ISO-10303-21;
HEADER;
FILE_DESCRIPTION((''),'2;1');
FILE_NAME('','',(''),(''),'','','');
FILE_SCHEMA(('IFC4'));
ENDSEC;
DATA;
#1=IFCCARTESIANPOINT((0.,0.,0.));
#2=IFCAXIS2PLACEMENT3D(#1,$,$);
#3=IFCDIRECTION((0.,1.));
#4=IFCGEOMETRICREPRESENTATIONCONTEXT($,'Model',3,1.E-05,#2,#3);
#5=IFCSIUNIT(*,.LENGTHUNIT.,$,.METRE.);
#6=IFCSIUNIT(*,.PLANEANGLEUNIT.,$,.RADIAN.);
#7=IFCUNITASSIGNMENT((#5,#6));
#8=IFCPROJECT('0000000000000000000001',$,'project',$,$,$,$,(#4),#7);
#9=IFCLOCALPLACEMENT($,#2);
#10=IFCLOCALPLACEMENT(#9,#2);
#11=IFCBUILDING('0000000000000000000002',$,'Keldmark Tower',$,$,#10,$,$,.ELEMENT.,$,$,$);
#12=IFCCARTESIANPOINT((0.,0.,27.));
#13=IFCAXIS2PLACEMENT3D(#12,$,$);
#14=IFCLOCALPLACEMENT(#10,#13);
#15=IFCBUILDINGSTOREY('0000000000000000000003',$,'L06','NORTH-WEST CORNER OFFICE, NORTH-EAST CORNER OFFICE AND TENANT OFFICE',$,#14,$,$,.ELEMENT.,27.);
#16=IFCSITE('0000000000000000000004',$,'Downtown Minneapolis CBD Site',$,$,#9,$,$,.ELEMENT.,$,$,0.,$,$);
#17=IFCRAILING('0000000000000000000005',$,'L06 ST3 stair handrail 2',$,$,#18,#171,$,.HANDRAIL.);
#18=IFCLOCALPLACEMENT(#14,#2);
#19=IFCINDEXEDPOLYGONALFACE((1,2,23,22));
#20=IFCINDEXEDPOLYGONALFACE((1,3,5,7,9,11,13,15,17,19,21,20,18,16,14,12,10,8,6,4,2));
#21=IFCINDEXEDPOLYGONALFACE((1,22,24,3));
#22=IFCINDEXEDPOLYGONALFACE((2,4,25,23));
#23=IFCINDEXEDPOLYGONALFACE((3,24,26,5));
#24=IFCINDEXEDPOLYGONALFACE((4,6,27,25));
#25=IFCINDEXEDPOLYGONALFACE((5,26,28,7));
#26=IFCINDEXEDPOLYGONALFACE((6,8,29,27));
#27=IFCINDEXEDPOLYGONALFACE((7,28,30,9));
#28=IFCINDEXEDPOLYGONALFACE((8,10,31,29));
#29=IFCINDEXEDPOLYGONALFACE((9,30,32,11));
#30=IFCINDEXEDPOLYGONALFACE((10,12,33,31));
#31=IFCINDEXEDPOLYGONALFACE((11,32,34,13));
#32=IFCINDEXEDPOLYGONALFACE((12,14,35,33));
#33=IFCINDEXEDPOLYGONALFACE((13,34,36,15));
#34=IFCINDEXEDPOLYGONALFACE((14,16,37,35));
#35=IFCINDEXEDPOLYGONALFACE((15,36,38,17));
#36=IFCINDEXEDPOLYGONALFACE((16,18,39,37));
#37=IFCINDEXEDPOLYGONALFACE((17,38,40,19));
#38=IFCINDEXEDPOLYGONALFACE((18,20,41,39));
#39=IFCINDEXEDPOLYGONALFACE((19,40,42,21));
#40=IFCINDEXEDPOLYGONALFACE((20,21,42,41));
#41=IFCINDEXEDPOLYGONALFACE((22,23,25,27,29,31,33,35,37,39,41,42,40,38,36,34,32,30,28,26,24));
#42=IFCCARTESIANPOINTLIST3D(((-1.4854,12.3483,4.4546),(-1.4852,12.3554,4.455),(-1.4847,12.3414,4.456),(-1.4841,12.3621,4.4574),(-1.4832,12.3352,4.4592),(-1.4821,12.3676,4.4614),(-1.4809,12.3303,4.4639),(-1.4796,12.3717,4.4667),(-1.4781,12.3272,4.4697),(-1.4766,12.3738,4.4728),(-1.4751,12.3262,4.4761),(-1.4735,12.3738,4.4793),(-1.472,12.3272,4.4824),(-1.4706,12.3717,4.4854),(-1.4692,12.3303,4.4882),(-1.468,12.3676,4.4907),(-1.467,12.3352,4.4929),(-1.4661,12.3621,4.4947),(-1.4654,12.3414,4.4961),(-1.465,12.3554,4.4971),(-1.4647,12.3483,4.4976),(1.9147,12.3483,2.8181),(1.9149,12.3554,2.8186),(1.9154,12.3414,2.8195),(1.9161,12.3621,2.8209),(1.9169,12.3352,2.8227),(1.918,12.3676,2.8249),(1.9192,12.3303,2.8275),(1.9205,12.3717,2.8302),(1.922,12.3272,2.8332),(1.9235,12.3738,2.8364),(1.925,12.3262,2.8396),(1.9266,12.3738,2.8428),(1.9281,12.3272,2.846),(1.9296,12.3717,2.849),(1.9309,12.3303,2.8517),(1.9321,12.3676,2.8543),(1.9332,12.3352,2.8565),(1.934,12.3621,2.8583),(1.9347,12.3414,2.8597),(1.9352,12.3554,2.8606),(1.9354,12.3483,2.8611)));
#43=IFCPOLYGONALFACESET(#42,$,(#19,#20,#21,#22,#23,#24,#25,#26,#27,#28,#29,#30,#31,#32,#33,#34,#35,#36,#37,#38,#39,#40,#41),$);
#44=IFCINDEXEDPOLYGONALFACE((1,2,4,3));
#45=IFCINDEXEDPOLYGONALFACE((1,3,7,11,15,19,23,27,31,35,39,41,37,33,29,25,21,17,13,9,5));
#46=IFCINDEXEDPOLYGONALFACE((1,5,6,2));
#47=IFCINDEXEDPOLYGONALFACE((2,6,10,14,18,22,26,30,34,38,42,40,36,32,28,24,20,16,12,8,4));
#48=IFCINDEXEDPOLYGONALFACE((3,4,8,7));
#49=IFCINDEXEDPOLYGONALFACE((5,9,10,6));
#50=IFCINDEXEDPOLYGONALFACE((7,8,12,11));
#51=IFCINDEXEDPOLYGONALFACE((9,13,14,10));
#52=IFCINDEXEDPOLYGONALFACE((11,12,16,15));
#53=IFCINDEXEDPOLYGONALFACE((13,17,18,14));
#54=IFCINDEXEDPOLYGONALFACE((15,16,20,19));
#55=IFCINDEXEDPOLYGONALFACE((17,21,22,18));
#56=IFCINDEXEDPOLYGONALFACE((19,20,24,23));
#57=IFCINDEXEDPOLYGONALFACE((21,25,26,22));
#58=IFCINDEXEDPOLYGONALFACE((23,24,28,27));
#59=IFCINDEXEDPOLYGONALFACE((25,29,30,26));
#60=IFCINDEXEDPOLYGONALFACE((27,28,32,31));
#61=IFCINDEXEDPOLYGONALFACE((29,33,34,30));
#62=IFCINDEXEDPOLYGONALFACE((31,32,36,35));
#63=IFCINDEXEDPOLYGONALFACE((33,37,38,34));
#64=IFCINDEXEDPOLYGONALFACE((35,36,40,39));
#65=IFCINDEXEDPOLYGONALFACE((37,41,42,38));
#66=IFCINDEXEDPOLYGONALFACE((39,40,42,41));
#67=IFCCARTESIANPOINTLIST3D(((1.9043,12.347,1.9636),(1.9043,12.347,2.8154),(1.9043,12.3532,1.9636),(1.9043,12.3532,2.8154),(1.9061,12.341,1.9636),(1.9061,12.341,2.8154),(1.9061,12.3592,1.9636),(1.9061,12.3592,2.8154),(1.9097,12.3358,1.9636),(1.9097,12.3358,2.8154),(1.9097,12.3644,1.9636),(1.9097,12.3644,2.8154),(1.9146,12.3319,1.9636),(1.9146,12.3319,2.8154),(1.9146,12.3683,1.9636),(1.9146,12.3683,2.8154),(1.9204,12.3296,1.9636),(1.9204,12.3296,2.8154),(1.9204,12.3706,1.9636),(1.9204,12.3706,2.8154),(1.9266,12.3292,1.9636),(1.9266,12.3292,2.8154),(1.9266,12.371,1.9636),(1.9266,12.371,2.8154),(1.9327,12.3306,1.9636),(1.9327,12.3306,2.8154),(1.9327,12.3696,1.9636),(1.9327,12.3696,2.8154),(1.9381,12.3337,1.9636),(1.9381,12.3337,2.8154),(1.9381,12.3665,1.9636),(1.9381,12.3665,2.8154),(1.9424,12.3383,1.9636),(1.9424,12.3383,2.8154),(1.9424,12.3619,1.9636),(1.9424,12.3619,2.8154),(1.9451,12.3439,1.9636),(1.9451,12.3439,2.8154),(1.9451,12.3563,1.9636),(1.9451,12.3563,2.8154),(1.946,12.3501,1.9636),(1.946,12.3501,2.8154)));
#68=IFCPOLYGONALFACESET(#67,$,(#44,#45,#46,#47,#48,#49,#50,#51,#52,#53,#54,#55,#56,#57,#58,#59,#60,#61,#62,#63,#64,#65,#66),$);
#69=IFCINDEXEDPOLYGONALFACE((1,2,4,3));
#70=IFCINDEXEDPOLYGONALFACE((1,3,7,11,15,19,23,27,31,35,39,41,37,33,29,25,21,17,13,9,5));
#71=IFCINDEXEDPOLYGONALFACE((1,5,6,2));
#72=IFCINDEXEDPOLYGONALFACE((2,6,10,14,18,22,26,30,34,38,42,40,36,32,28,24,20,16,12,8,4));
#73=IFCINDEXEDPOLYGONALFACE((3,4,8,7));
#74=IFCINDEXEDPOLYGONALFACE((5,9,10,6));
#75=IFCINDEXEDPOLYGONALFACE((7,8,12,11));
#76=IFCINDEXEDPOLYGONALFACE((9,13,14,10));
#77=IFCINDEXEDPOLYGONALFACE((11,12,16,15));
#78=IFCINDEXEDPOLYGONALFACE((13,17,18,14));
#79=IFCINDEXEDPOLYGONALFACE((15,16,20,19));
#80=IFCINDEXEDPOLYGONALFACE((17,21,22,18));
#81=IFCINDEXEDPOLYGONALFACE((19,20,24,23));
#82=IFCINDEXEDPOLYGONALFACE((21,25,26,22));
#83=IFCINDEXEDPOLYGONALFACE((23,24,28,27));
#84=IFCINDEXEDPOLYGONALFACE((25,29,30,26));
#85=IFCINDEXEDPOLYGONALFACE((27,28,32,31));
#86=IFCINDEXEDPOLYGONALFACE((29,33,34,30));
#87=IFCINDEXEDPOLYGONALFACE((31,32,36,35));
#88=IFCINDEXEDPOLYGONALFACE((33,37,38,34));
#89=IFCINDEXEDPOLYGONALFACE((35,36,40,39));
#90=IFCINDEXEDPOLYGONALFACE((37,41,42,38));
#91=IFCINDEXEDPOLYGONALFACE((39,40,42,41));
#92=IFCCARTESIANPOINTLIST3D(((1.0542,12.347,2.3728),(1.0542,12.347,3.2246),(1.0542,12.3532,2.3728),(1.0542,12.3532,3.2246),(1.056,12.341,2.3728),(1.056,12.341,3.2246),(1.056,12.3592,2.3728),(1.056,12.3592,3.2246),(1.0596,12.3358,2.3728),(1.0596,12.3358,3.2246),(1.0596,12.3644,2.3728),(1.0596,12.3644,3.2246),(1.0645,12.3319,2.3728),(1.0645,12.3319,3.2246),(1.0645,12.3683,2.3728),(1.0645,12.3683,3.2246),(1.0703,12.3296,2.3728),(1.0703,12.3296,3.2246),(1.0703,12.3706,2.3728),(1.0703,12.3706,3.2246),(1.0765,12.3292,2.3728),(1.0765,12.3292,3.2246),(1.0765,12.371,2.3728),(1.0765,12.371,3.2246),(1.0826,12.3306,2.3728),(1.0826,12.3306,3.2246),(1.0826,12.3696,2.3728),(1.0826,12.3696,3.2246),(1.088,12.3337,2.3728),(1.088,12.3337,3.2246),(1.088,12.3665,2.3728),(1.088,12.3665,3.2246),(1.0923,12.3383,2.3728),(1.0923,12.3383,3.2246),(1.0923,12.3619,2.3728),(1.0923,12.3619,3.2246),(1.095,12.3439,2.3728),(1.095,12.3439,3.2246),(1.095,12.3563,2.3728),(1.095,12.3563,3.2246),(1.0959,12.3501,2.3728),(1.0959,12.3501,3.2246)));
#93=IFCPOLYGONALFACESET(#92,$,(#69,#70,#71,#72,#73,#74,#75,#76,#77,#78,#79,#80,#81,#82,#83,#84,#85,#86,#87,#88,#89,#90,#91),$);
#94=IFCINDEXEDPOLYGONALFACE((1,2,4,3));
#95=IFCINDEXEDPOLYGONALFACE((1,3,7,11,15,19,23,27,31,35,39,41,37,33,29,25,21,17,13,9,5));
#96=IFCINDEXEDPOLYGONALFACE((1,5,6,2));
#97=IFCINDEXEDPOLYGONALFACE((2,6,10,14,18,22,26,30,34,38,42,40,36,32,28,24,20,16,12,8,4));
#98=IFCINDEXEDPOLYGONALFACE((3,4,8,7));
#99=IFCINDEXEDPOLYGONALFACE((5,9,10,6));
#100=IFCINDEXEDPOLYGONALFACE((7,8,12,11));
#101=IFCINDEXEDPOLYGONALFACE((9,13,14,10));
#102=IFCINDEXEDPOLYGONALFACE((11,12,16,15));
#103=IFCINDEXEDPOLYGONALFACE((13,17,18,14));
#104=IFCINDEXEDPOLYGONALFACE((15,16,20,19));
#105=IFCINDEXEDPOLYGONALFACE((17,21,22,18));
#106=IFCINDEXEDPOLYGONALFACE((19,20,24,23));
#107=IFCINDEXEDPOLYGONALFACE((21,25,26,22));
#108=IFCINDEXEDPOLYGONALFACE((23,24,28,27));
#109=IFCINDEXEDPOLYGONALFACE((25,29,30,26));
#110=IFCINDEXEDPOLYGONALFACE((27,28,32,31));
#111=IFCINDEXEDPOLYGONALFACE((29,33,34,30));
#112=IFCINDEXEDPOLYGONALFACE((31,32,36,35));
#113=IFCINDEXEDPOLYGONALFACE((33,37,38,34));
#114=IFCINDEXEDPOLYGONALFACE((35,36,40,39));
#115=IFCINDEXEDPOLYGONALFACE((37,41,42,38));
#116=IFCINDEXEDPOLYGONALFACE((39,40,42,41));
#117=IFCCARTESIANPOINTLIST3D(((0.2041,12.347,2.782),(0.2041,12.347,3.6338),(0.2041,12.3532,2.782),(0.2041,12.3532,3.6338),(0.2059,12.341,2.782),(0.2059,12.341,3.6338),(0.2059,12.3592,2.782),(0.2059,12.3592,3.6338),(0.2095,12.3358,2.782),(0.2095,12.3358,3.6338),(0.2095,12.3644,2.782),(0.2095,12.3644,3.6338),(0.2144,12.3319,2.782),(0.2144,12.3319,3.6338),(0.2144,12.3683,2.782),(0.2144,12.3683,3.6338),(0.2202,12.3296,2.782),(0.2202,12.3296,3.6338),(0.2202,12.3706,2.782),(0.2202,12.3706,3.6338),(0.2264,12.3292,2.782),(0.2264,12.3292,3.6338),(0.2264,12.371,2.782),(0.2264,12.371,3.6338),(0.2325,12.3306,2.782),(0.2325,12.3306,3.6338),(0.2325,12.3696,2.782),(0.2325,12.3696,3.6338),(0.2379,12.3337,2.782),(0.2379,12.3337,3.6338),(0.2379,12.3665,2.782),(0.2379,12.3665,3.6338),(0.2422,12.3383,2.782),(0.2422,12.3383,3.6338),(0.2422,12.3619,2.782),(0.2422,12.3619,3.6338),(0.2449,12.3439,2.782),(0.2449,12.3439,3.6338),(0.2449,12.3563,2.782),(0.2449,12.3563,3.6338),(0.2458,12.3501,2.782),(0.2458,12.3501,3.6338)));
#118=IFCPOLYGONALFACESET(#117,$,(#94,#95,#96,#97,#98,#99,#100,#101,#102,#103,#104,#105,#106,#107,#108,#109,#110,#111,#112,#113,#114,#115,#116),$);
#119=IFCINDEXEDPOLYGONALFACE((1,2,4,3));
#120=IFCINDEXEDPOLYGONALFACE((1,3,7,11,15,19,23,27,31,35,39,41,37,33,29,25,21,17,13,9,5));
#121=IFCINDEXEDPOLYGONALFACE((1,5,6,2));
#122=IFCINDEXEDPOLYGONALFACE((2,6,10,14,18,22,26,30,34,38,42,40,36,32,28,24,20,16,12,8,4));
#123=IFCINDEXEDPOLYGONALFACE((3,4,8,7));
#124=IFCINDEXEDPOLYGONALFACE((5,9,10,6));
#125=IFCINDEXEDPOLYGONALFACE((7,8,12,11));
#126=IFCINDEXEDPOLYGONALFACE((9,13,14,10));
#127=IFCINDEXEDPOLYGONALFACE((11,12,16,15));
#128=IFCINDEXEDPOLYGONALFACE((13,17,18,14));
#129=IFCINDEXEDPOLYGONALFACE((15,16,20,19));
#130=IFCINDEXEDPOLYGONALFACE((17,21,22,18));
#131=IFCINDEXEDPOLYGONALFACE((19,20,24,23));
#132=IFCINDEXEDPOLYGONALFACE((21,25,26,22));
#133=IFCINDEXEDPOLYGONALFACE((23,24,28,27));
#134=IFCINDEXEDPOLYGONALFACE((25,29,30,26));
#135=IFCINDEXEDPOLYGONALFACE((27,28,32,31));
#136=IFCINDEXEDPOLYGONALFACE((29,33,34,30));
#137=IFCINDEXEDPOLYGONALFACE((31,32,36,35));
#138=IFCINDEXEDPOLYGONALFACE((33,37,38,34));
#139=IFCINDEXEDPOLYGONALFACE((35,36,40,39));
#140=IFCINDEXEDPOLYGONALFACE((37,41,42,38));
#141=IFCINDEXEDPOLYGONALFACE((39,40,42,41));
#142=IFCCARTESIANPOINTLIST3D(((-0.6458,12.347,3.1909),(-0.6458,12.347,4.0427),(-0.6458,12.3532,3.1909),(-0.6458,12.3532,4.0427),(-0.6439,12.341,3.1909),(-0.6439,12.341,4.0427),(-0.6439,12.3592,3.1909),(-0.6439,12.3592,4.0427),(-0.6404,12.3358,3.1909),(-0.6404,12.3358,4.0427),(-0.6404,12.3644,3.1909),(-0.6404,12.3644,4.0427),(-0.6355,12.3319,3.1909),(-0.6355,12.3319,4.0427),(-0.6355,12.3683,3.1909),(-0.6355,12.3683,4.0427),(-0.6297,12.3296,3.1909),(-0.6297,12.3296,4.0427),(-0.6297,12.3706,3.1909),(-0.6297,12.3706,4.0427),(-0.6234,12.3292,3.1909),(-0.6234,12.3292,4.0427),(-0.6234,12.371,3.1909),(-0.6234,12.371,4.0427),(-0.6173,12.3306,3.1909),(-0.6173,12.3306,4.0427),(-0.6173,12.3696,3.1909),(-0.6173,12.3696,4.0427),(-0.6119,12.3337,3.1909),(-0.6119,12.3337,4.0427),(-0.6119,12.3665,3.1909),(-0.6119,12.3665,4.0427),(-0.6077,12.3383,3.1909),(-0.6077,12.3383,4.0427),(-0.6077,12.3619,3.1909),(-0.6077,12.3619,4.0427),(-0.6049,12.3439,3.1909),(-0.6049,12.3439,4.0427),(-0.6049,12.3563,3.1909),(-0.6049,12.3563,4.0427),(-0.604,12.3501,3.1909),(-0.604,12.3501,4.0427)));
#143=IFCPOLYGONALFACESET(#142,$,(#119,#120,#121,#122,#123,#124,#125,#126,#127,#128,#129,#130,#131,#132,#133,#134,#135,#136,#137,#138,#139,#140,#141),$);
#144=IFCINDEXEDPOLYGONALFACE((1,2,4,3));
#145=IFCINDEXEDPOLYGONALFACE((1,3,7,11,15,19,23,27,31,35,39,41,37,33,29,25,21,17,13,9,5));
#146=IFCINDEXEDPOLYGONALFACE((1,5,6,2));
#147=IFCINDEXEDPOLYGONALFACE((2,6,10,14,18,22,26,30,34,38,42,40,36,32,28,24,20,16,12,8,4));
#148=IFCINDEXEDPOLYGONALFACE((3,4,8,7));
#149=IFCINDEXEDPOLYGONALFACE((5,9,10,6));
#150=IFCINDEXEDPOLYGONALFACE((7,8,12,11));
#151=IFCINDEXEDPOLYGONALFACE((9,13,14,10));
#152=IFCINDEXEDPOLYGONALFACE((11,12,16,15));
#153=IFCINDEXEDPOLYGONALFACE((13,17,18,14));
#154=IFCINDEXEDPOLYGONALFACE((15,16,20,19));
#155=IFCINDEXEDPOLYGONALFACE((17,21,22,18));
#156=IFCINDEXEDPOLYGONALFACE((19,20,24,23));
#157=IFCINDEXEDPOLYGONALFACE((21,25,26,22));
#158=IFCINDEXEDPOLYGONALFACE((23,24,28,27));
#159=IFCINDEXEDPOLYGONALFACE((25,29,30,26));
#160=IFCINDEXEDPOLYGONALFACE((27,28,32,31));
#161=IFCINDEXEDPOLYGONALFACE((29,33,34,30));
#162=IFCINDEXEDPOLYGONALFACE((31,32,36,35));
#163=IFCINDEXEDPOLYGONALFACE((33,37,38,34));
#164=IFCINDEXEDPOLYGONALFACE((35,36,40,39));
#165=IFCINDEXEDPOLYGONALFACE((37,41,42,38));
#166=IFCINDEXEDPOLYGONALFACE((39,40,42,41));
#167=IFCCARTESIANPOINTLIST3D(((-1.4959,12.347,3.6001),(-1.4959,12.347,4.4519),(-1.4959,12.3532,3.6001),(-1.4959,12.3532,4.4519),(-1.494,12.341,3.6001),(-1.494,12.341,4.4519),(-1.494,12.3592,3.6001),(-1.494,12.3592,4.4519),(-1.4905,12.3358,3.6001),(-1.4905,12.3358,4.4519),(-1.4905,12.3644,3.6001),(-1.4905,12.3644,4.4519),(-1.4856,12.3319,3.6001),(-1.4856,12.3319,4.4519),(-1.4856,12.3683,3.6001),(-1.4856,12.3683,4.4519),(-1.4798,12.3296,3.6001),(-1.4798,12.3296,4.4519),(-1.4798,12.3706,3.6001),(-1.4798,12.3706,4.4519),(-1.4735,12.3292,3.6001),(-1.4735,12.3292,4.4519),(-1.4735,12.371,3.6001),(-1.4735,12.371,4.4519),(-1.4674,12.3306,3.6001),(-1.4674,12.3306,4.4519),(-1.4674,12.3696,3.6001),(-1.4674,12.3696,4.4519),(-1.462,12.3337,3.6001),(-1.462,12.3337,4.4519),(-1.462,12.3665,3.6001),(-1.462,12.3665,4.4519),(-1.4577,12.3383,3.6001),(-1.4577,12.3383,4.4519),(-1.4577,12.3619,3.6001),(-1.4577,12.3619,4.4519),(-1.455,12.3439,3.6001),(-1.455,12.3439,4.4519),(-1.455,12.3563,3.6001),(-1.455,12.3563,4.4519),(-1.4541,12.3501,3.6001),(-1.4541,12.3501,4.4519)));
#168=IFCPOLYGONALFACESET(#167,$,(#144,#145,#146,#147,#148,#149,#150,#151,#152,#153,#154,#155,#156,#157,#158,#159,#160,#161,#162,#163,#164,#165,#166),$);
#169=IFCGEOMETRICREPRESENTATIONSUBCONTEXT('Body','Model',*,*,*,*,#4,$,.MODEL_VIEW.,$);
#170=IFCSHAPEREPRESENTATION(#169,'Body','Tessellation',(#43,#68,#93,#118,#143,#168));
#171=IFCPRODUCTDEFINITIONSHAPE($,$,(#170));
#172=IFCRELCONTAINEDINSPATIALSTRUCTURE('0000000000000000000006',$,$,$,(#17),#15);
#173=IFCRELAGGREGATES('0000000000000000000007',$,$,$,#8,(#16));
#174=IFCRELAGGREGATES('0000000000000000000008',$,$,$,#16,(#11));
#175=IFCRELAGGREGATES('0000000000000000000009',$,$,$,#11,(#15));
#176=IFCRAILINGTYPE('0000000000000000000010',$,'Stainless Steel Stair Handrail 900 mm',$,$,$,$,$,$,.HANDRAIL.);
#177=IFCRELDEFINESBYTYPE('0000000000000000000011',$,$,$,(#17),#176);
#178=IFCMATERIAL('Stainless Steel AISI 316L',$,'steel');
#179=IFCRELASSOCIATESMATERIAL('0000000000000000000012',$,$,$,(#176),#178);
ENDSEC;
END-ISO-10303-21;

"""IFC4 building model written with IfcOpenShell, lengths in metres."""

from ifc_helpers import new_model, si_unit, direction, frame, origin, origin_2d, place, context, subcontext, project, spatial, circle, extrude, material, type_object, element, save


model = new_model("IFC4")

# Units and contexts
model_context = context("Model", 3, precision=1e-05, world=origin(), true_north=direction((0.0, 1.0)))
body_context = subcontext(model_context, "Body", "Model", "MODEL_VIEW")
ifc_project = project(units=[si_unit("LENGTHUNIT", "METRE"), si_unit("PLANEANGLEUNIT", "RADIAN")], contexts=[model_context])

# Site, building, storey
site_placement = place(None, origin())
site = spatial("IfcSite", under=ifc_project, at=site_placement, Name="Downtown Minneapolis CBD Site", CompositionType="ELEMENT", RefElevation=0.0)
building_placement = place(site_placement, origin())
building = spatial("IfcBuilding", under=site, at=building_placement, Name="Keldmark Tower", CompositionType="ELEMENT")
storey_placement = place(building_placement, frame((0.0, 0.0, 27.0)))
storey = spatial("IfcBuildingStorey", under=building, at=storey_placement, Name="L06", Description="NORTH-WEST CORNER OFFICE, NORTH-EAST CORNER OFFICE AND TENANT OFFICE", CompositionType="ELEMENT", Elevation=27.0)

# Railing
ifc_material_1 = material(Name="Stainless Steel AISI 316L", Category="steel")
railing_type_1 = type_object("IfcRailingType", Name="Stainless Steel Stair Handrail 900 mm", PredefinedType="HANDRAIL", material=ifc_material_1)
railing_1_placement = place(storey_placement, frame((1.925, 12.3501, 1.9636)))
element("IfcRailing", 1, at=railing_1_placement, inside=storey, type_object=railing_type_1, Name="L06 ST3 stair handrail 2", PredefinedType="HANDRAIL", context=body_context, shape_type="SweptSolid", body=[
    extrude(circle(Radius=0.0239, at=origin_2d()), frame((0.0, 0.0, 0.876), z_axis=(-0.901067, 0.0, 0.433679), x_axis=(0.0, -1.0, 0.0)), (0.0, 0.0, 1.0), 3.7734),
    extrude(circle(Radius=0.021, at=origin_2d()), origin(), (0.0, 0.0, 1.0), 0.8518),
    extrude(circle(Radius=0.021, at=origin_2d()), frame((-0.8501, 0.0, 0.4092)), (0.0, 0.0, 1.0), 0.8518),
    extrude(circle(Radius=0.021, at=origin_2d()), frame((-1.7002, 0.0, 0.8184)), (0.0, 0.0, 1.0), 0.8518),
    extrude(circle(Radius=0.021, at=origin_2d()), frame((-2.55, 0.0, 1.2273)), (0.0, 0.0, 1.0), 0.8518),
    extrude(circle(Radius=0.021, at=origin_2d()), frame((-3.4001, 0.0, 1.6365)), (0.0, 0.0, 1.0), 0.8518),
])

save(model, "model.ifc")
